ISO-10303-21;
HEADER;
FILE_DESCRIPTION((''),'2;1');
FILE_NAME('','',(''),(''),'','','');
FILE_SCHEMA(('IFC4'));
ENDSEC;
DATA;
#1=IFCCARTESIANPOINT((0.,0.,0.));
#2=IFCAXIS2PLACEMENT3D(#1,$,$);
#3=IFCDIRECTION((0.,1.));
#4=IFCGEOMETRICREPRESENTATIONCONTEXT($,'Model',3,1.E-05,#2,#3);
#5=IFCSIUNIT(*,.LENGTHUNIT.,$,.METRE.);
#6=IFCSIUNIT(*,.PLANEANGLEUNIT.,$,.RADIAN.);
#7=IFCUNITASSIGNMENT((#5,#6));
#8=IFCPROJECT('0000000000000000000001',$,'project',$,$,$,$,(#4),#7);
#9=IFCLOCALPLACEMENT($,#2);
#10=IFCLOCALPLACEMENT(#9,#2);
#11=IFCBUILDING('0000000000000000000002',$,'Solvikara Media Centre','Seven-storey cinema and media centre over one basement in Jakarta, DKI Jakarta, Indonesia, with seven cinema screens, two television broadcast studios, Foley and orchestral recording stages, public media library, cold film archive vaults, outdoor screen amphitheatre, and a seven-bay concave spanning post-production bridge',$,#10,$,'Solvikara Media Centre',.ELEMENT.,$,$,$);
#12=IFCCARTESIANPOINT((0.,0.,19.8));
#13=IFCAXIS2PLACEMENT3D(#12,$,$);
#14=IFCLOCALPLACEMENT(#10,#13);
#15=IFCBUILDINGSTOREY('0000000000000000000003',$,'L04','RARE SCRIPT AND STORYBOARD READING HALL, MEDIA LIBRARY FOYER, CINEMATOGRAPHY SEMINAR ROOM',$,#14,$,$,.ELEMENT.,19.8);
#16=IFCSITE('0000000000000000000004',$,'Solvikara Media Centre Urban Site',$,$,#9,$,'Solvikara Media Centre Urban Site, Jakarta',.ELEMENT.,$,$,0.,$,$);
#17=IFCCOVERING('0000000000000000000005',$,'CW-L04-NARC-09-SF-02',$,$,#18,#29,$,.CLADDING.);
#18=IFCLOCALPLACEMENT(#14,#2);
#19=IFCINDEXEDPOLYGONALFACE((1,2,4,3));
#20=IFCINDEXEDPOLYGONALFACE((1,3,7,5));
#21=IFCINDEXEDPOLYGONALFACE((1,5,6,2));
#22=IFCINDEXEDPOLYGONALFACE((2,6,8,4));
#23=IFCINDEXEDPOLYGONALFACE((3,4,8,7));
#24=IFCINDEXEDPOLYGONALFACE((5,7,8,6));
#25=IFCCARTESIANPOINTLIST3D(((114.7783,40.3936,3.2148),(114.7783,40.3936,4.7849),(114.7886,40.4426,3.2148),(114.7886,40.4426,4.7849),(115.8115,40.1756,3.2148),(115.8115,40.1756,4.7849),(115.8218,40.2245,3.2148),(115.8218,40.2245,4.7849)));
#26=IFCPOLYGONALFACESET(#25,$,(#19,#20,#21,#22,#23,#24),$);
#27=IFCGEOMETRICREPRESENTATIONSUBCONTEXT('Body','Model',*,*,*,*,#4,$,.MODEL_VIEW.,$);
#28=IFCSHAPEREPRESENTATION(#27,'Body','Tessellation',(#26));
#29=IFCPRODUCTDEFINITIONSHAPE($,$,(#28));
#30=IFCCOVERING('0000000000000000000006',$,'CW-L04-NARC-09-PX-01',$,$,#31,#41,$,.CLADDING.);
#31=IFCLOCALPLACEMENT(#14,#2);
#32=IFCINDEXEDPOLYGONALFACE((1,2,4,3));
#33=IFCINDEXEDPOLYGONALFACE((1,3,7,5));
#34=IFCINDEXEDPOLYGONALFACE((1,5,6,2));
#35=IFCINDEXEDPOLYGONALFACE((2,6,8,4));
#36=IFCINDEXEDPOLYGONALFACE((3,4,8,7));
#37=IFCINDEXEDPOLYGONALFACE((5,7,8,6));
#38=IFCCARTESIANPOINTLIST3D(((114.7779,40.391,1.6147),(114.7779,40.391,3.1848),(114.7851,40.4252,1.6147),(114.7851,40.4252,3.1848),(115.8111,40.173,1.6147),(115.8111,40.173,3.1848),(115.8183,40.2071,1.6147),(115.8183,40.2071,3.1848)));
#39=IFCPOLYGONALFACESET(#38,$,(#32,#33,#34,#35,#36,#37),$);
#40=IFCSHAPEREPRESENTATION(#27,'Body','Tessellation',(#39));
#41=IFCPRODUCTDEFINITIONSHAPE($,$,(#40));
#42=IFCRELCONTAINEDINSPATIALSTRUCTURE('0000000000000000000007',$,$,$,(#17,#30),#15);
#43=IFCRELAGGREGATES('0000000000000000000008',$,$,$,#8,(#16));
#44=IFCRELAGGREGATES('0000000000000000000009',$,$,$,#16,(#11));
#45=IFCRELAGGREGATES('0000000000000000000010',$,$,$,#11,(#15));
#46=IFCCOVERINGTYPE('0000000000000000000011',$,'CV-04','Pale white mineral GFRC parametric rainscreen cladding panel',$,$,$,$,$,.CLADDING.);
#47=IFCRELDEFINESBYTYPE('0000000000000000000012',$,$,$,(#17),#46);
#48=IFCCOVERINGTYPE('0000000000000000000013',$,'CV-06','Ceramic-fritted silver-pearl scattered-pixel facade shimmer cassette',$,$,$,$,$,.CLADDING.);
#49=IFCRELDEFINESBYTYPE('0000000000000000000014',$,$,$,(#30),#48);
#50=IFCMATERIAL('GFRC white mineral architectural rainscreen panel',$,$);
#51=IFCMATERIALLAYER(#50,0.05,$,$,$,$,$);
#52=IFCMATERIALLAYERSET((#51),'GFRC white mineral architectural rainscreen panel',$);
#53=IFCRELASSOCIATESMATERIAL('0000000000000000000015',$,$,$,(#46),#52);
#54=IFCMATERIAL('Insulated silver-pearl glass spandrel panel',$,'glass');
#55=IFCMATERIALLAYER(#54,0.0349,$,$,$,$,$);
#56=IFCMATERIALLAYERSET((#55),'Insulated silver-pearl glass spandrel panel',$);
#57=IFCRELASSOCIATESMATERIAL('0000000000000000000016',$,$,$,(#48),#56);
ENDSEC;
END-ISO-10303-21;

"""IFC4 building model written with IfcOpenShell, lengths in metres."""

from ifc_helpers import new_model, si_unit, direction, frame, origin, origin_2d, place, context, subcontext, project, spatial, rectangle, extrude, material, layer, layer_set, type_object, element, save


model = new_model("IFC4")

# Units and contexts
model_context = context("Model", 3, precision=1e-05, world=origin(), true_north=direction((0.0, 1.0)))
body_context = subcontext(model_context, "Body", "Model", "MODEL_VIEW")
ifc_project = project(units=[si_unit("LENGTHUNIT", "METRE"), si_unit("PLANEANGLEUNIT", "RADIAN")], contexts=[model_context])

# Site, building, storey
site_placement = place(None, origin())
site = spatial("IfcSite", under=ifc_project, at=site_placement, Name="Solvikara Media Centre Urban Site", LongName="Solvikara Media Centre Urban Site, Jakarta", CompositionType="ELEMENT", RefElevation=0.0)
building_placement = place(site_placement, origin())
building = spatial("IfcBuilding", under=site, at=building_placement, Name="Solvikara Media Centre", Description="Seven-storey cinema and media centre over one basement in Jakarta, DKI Jakarta, Indonesia, with seven cinema screens, two television broadcast studios, Foley and orchestral recording stages, public media library, cold film archive vaults, outdoor screen amphitheatre, and a seven-bay concave spanning post-production bridge", LongName="Solvikara Media Centre", CompositionType="ELEMENT")
storey_placement = place(building_placement, frame((0.0, 0.0, 19.8)))
storey = spatial("IfcBuildingStorey", under=building, at=storey_placement, Name="L04", Description="RARE SCRIPT AND STORYBOARD READING HALL, MEDIA LIBRARY FOYER, CINEMATOGRAPHY SEMINAR ROOM", CompositionType="ELEMENT", Elevation=19.8)

# Coverings
ifc_material_1 = material(Name="GFRC white mineral architectural rainscreen panel")
ifc_layer_1 = layer(ifc_material_1, 0.05)
ifc_layer_set_1 = layer_set([ifc_layer_1], Name="GFRC white mineral architectural rainscreen panel")
covering_type_1 = type_object("IfcCoveringType", Name="CV-04", Description="Pale white mineral GFRC parametric rainscreen cladding panel", PredefinedType="CLADDING", material=ifc_layer_set_1)
covering_1_placement = place(storey_placement, frame((115.3, 40.3091, 3.2148), z_axis=(0.0, 0.0, 1.0), x_axis=(0.978448, -0.206495, 0.0)))
element("IfcCovering", 1, at=covering_1_placement, inside=storey, type_object=covering_type_1, Name="CW-L04-NARC-09-SF-02", PredefinedType="CLADDING", context=body_context, shape_type="SweptSolid", body=[
    extrude(rectangle(XDim=1.0559, YDim=0.05, at=origin_2d()), origin(), (0.0, 0.0, 1.0), 1.5701),
])
ifc_material_2 = material(Name="Insulated silver-pearl glass spandrel panel", Category="glass")
ifc_layer_2 = layer(ifc_material_2, 0.0349)
ifc_layer_set_2 = layer_set([ifc_layer_2], Name="Insulated silver-pearl glass spandrel panel")
covering_type_2 = type_object("IfcCoveringType", Name="CV-06", Description="Ceramic-fritted silver-pearl scattered-pixel facade shimmer cassette", PredefinedType="CLADDING", material=ifc_layer_set_2)
covering_2_placement = place(storey_placement, frame((115.2981, 40.2991, 1.6147), z_axis=(0.0, 0.0, 1.0), x_axis=(0.978448, -0.206495, 0.0)))
element("IfcCovering", 2, at=covering_2_placement, inside=storey, type_object=covering_type_2, Name="CW-L04-NARC-09-PX-01", PredefinedType="CLADDING", context=body_context, shape_type="SweptSolid", body=[
    extrude(rectangle(XDim=1.0559, YDim=0.0349, at=origin_2d()), origin(), (0.0, 0.0, 1.0), 1.5701),
])

save(model, "model.ifc")
